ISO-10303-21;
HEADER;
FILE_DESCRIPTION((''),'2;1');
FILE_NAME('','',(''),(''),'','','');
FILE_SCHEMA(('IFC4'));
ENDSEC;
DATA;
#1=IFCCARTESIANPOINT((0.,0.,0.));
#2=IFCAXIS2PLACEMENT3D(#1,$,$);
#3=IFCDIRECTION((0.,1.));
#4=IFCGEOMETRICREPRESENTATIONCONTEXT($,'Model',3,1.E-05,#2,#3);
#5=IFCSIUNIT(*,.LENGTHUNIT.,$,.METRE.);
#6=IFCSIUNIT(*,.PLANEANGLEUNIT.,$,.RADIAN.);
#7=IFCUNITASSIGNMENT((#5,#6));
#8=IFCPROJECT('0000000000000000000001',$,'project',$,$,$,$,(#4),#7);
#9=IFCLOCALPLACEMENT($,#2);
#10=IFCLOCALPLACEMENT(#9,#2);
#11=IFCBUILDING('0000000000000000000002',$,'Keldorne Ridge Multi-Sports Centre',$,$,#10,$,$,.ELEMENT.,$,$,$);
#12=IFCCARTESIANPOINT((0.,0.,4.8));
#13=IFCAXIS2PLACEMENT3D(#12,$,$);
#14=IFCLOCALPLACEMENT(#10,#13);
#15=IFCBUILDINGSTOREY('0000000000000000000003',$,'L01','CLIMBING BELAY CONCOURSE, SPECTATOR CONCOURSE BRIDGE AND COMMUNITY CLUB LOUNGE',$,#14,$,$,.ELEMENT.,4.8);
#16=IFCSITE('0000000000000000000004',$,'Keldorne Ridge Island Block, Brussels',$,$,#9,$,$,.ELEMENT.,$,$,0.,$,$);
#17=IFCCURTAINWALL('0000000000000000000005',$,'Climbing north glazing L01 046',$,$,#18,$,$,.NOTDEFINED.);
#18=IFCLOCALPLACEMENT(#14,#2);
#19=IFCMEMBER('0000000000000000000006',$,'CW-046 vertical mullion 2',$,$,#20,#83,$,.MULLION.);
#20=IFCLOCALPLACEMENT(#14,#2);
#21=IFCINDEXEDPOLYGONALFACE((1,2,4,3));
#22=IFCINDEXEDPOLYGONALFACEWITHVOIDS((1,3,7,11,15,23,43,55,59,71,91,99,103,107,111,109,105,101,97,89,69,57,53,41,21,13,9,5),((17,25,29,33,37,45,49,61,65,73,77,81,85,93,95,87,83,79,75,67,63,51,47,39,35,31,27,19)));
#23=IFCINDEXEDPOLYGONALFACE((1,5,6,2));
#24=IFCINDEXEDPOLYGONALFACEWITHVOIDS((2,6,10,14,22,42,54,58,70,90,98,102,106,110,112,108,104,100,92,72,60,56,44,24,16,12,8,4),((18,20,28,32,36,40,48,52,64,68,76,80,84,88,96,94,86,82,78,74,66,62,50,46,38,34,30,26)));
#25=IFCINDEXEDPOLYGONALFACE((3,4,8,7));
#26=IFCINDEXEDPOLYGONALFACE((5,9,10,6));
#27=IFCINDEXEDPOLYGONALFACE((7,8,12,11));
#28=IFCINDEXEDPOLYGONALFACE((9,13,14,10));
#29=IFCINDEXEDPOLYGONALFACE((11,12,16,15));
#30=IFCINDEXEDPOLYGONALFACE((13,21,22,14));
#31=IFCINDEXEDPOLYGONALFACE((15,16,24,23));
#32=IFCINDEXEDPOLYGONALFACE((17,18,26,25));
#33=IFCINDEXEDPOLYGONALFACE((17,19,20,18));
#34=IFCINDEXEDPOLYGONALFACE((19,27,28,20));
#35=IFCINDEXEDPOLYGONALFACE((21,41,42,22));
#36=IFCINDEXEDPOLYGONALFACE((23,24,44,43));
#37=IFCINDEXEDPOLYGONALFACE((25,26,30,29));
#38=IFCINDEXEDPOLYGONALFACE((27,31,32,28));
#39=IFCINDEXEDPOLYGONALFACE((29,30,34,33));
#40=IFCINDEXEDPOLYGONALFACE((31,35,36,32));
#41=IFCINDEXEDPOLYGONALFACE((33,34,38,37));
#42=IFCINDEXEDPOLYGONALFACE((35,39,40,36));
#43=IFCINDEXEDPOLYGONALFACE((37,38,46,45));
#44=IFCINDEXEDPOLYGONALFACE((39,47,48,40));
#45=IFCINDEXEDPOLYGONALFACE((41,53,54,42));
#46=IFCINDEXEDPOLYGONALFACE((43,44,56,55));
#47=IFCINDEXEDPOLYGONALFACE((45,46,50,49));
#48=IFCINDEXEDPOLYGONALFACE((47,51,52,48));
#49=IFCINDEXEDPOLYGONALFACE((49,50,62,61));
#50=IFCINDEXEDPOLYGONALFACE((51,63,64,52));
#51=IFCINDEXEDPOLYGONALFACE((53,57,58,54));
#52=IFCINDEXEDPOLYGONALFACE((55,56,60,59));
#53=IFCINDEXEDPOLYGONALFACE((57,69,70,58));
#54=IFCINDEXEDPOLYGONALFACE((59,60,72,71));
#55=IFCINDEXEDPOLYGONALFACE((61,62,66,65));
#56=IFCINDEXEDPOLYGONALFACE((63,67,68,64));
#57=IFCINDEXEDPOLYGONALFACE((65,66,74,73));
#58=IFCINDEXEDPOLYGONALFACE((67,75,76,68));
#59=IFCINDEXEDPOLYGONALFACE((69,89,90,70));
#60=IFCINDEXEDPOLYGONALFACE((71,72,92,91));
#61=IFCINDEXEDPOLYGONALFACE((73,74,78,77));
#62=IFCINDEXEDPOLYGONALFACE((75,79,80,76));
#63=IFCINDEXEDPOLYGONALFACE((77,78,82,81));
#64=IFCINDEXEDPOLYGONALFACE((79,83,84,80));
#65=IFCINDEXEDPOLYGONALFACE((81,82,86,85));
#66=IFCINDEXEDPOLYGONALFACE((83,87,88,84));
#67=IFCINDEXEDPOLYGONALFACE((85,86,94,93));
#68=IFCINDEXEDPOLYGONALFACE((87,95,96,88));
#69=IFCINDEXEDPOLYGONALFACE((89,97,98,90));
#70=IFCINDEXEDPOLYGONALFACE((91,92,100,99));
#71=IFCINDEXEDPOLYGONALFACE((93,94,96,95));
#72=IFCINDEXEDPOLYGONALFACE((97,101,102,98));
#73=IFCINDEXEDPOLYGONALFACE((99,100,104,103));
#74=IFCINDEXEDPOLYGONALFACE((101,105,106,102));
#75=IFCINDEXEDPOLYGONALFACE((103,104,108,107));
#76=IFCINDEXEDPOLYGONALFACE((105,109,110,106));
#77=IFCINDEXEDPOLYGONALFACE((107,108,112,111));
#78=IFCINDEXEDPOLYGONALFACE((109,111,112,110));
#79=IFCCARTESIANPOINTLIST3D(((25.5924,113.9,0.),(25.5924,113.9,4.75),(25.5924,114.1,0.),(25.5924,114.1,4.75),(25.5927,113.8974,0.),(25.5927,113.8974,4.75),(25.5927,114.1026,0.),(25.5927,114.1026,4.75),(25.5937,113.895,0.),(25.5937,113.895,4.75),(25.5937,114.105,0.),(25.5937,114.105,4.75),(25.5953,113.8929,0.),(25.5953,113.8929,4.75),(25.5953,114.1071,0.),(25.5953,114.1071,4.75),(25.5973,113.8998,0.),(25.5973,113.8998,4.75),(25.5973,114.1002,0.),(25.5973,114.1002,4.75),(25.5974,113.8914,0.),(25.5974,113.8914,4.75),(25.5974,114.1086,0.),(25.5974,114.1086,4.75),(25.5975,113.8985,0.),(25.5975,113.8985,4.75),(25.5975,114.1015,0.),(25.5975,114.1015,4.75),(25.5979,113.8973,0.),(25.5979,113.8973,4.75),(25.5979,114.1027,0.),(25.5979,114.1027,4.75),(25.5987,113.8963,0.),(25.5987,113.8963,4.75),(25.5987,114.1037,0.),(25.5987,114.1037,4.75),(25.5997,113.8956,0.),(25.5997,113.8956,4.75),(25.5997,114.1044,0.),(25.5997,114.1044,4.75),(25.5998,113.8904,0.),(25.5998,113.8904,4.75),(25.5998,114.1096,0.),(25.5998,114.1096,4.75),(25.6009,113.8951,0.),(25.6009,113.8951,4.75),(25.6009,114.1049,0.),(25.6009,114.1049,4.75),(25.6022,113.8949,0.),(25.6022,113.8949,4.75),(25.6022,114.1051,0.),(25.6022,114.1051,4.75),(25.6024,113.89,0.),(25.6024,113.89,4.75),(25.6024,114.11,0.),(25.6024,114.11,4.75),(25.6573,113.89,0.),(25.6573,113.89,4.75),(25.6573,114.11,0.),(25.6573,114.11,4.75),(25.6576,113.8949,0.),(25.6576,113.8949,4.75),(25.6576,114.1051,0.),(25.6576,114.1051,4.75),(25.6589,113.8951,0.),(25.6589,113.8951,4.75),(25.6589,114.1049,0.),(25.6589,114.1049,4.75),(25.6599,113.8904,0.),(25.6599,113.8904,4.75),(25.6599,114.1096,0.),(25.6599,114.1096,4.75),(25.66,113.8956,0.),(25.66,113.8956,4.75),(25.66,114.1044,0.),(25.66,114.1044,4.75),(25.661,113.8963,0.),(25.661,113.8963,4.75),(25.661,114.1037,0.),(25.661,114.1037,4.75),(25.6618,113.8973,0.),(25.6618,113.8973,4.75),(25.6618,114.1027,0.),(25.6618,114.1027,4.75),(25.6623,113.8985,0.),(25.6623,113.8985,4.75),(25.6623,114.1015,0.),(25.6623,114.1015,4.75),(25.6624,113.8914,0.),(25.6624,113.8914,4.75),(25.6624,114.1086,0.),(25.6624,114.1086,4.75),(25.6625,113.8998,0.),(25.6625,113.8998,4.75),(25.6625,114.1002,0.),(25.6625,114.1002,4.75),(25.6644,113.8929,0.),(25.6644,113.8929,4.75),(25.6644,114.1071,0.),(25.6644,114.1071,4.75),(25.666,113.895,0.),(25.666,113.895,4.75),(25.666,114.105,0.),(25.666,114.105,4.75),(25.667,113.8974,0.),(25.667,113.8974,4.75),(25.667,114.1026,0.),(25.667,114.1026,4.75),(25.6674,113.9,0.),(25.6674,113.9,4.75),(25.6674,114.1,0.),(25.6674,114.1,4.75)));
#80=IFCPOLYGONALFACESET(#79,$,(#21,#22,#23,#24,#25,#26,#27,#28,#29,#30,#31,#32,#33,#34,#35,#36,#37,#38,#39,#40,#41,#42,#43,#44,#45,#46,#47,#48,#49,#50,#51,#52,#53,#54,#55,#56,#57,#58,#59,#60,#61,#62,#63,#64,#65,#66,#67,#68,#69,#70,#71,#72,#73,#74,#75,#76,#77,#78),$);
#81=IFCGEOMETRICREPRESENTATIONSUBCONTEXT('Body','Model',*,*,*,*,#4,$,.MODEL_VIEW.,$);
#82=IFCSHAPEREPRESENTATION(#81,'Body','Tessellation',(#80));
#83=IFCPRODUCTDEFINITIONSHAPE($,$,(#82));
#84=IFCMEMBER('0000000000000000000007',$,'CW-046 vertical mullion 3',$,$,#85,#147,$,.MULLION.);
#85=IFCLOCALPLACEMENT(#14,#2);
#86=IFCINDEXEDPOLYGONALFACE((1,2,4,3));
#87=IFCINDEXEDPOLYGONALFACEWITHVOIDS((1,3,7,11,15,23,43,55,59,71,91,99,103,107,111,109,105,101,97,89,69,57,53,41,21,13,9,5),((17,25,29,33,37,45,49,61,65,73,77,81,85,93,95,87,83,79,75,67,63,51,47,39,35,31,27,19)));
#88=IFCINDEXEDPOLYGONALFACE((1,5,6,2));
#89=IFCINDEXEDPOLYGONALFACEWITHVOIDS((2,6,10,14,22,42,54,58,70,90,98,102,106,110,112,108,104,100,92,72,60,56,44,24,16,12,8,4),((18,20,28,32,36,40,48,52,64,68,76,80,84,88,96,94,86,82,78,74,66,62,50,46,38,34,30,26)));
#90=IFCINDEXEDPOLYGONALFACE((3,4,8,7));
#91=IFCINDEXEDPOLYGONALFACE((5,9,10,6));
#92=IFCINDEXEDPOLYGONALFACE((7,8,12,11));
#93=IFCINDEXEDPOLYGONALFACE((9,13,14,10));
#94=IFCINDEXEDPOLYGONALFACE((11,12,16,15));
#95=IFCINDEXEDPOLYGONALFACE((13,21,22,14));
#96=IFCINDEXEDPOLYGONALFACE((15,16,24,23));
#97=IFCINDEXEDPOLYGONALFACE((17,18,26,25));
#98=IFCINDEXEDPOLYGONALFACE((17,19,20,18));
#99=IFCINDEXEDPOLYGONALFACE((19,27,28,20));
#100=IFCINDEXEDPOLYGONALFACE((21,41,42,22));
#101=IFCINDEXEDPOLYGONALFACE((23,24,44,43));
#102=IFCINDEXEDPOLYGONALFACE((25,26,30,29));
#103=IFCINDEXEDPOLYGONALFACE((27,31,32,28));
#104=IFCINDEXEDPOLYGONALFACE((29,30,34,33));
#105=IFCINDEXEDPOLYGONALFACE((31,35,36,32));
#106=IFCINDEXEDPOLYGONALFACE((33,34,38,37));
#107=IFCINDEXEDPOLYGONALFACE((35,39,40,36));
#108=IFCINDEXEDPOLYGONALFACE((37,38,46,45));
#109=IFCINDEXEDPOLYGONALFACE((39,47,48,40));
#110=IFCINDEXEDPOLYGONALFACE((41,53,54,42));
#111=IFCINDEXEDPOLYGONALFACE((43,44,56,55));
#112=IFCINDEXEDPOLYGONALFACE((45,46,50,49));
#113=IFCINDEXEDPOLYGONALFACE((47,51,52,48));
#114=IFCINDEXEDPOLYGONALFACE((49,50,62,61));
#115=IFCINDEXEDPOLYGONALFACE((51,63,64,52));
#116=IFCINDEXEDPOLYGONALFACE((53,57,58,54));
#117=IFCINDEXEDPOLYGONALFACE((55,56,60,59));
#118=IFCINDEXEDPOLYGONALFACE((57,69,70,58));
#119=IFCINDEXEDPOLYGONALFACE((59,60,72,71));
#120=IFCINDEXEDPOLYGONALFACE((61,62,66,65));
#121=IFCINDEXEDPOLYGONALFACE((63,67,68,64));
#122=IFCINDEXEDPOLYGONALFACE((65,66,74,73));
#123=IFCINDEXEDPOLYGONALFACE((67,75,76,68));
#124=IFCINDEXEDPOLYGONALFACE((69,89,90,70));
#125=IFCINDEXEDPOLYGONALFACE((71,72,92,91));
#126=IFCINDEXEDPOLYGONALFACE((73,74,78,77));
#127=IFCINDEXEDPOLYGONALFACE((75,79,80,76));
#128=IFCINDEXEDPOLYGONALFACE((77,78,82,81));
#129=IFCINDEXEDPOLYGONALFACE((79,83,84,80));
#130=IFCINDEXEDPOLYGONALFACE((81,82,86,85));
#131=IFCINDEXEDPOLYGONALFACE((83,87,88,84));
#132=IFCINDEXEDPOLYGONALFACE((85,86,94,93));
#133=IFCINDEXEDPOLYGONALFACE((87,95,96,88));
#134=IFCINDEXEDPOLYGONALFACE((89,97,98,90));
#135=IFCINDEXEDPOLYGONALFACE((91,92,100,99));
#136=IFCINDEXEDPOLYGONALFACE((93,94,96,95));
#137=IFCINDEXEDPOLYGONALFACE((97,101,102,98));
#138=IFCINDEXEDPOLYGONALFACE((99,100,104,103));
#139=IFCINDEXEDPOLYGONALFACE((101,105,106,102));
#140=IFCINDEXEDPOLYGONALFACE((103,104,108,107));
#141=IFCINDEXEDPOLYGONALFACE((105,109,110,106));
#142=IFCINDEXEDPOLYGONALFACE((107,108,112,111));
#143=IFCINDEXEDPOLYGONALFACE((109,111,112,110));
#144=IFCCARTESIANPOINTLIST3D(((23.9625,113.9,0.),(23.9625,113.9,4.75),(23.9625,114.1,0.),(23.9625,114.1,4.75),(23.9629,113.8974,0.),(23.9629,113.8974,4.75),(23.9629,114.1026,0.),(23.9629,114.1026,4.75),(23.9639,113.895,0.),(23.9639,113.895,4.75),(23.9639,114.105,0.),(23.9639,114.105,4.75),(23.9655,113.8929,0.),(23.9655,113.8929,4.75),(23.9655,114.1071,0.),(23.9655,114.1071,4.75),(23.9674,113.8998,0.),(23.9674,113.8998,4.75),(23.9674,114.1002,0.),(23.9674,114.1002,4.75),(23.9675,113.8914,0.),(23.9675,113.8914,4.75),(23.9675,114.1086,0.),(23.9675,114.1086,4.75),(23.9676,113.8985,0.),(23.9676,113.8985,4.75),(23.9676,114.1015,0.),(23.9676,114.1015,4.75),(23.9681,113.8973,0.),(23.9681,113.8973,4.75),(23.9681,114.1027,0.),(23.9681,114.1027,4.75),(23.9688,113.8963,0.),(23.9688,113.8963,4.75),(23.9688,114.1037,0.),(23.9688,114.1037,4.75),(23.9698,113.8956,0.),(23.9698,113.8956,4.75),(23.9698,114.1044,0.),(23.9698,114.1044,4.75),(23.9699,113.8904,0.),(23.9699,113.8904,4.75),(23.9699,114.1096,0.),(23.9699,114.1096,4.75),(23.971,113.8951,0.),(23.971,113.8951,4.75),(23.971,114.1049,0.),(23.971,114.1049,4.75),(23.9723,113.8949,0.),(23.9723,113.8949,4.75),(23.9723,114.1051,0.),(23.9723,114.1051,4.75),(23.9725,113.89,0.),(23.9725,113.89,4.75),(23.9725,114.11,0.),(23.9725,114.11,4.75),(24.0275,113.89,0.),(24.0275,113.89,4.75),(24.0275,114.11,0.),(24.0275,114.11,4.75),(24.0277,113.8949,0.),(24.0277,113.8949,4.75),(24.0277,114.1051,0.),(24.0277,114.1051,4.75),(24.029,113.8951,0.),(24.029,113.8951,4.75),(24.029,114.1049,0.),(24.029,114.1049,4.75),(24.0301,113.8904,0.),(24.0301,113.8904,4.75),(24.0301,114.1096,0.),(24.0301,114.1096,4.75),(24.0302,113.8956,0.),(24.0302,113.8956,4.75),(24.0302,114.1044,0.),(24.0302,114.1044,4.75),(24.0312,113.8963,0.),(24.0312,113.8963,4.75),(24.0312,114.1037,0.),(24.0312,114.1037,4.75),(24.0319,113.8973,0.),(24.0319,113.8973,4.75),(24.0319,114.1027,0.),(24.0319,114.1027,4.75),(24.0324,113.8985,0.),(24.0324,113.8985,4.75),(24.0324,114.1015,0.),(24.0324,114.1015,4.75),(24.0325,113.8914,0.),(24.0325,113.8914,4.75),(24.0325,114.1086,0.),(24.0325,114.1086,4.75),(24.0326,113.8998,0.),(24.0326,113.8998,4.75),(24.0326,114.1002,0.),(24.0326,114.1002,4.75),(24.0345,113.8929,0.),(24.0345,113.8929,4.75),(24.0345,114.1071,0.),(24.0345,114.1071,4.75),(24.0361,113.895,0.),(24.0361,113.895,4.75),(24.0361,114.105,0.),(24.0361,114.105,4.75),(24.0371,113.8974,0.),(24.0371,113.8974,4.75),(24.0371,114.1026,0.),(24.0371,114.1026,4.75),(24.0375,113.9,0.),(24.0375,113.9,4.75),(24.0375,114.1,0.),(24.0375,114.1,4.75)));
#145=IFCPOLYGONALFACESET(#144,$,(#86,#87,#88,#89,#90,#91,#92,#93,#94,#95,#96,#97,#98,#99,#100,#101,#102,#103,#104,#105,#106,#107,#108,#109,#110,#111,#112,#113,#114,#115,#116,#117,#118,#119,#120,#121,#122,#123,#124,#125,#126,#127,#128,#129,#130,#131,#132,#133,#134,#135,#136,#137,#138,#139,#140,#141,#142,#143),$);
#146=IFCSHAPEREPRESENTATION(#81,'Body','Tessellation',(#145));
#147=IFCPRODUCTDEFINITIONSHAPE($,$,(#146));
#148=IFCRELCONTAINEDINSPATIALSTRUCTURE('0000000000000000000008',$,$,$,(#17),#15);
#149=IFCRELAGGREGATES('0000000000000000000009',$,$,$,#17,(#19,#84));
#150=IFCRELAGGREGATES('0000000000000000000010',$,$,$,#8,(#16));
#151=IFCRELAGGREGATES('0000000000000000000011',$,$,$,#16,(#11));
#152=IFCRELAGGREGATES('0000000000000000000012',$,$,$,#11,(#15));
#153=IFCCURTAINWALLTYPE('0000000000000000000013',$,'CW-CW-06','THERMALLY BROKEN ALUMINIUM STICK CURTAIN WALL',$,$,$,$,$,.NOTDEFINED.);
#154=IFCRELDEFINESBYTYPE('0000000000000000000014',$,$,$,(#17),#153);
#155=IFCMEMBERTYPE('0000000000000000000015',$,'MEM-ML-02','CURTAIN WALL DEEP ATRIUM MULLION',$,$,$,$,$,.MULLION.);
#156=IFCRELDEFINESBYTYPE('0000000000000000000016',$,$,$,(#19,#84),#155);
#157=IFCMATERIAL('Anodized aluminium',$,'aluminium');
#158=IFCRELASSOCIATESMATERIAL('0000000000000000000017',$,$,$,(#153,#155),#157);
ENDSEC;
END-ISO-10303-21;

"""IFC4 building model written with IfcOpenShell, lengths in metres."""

from ifc_helpers import new_model, si_unit, direction, frame, origin, origin_2d, place, context, subcontext, project, spatial, hollow_rectangle, extrude, material, material_profile, profile_set, type_object, element, aggregate, save


model = new_model("IFC4")

# Units and contexts
model_context = context("Model", 3, precision=1e-05, world=origin(), true_north=direction((0.0, 1.0)))
body_context = subcontext(model_context, "Body", "Model", "MODEL_VIEW")
ifc_project = project(units=[si_unit("LENGTHUNIT", "METRE"), si_unit("PLANEANGLEUNIT", "RADIAN")], contexts=[model_context])

# Site, building, storey
site_placement = place(None, origin())
site = spatial("IfcSite", under=ifc_project, at=site_placement, Name="Keldorne Ridge Island Block, Brussels", CompositionType="ELEMENT", RefElevation=0.0)
building_placement = place(site_placement, origin())
building = spatial("IfcBuilding", under=site, at=building_placement, Name="Keldorne Ridge Multi-Sports Centre", CompositionType="ELEMENT")
storey_placement = place(building_placement, frame((0.0, 0.0, 4.8)))
storey = spatial("IfcBuildingStorey", under=building, at=storey_placement, Name="L01", Description="CLIMBING BELAY CONCOURSE, SPECTATOR CONCOURSE BRIDGE AND COMMUNITY CLUB LOUNGE", CompositionType="ELEMENT", Elevation=4.8)

# Curtain wall, members
ifc_material_1 = material(Name="Anodized aluminium", Category="aluminium")
curtain_wall_type_1 = type_object("IfcCurtainWallType", Name="CW-CW-06", Description="THERMALLY BROKEN ALUMINIUM STICK CURTAIN WALL", PredefinedType="NOTDEFINED", material=ifc_material_1)
curtain_wall_1_placement = place(storey_placement, origin())
curtain_wall_1 = element("IfcCurtainWall", 1, at=curtain_wall_1_placement, inside=storey, type_object=curtain_wall_type_1, Name="Climbing north glazing L01 046", PredefinedType="NOTDEFINED")
ifc_material_profile_1 = material_profile(ifc_material_1, hollow_rectangle(XDim=0.075, YDim=0.22, WallThickness=0.0049, InnerFilletRadius=0.0049, OuterFilletRadius=0.01, at=origin_2d()), Name="ALU MULLION 220x75x5")
ifc_profile_set_1 = profile_set([ifc_material_profile_1], Name="Anodized aluminium")
member_type_1 = type_object("IfcMemberType", Name="MEM-ML-02", Description="CURTAIN WALL DEEP ATRIUM MULLION", PredefinedType="MULLION", material=ifc_profile_set_1)
member_1_placement = place(storey_placement, frame((25.6299, 114.0, 0.0), z_axis=(0.0, 0.0, 1.0), x_axis=(1.0, 0.0, 0.0)))
member_1 = element("IfcMember", 2, at=member_1_placement, type_object=member_type_1, Name="CW-046 vertical mullion 2", PredefinedType="MULLION", context=body_context, shape_type="SweptSolid", body=[
    extrude(hollow_rectangle(XDim=0.075, YDim=0.22, WallThickness=0.0049, InnerFilletRadius=0.0049, OuterFilletRadius=0.01, at=origin_2d()), origin(), (0.0, 0.0, 1.0), 4.75),
])
member_2_placement = place(storey_placement, frame((24.0, 114.0, 0.0), z_axis=(0.0, 0.0, 1.0), x_axis=(1.0, 0.0, 0.0)))
member_2 = element("IfcMember", 3, at=member_2_placement, type_object=member_type_1, Name="CW-046 vertical mullion 3", PredefinedType="MULLION", context=body_context, shape_type="SweptSolid", body=[
    extrude(hollow_rectangle(XDim=0.075, YDim=0.22, WallThickness=0.0049, InnerFilletRadius=0.0049, OuterFilletRadius=0.01, at=origin_2d()), origin(), (0.0, 0.0, 1.0), 4.75),
])

aggregate(curtain_wall_1, [member_1, member_2])

save(model, "model.ifc")
